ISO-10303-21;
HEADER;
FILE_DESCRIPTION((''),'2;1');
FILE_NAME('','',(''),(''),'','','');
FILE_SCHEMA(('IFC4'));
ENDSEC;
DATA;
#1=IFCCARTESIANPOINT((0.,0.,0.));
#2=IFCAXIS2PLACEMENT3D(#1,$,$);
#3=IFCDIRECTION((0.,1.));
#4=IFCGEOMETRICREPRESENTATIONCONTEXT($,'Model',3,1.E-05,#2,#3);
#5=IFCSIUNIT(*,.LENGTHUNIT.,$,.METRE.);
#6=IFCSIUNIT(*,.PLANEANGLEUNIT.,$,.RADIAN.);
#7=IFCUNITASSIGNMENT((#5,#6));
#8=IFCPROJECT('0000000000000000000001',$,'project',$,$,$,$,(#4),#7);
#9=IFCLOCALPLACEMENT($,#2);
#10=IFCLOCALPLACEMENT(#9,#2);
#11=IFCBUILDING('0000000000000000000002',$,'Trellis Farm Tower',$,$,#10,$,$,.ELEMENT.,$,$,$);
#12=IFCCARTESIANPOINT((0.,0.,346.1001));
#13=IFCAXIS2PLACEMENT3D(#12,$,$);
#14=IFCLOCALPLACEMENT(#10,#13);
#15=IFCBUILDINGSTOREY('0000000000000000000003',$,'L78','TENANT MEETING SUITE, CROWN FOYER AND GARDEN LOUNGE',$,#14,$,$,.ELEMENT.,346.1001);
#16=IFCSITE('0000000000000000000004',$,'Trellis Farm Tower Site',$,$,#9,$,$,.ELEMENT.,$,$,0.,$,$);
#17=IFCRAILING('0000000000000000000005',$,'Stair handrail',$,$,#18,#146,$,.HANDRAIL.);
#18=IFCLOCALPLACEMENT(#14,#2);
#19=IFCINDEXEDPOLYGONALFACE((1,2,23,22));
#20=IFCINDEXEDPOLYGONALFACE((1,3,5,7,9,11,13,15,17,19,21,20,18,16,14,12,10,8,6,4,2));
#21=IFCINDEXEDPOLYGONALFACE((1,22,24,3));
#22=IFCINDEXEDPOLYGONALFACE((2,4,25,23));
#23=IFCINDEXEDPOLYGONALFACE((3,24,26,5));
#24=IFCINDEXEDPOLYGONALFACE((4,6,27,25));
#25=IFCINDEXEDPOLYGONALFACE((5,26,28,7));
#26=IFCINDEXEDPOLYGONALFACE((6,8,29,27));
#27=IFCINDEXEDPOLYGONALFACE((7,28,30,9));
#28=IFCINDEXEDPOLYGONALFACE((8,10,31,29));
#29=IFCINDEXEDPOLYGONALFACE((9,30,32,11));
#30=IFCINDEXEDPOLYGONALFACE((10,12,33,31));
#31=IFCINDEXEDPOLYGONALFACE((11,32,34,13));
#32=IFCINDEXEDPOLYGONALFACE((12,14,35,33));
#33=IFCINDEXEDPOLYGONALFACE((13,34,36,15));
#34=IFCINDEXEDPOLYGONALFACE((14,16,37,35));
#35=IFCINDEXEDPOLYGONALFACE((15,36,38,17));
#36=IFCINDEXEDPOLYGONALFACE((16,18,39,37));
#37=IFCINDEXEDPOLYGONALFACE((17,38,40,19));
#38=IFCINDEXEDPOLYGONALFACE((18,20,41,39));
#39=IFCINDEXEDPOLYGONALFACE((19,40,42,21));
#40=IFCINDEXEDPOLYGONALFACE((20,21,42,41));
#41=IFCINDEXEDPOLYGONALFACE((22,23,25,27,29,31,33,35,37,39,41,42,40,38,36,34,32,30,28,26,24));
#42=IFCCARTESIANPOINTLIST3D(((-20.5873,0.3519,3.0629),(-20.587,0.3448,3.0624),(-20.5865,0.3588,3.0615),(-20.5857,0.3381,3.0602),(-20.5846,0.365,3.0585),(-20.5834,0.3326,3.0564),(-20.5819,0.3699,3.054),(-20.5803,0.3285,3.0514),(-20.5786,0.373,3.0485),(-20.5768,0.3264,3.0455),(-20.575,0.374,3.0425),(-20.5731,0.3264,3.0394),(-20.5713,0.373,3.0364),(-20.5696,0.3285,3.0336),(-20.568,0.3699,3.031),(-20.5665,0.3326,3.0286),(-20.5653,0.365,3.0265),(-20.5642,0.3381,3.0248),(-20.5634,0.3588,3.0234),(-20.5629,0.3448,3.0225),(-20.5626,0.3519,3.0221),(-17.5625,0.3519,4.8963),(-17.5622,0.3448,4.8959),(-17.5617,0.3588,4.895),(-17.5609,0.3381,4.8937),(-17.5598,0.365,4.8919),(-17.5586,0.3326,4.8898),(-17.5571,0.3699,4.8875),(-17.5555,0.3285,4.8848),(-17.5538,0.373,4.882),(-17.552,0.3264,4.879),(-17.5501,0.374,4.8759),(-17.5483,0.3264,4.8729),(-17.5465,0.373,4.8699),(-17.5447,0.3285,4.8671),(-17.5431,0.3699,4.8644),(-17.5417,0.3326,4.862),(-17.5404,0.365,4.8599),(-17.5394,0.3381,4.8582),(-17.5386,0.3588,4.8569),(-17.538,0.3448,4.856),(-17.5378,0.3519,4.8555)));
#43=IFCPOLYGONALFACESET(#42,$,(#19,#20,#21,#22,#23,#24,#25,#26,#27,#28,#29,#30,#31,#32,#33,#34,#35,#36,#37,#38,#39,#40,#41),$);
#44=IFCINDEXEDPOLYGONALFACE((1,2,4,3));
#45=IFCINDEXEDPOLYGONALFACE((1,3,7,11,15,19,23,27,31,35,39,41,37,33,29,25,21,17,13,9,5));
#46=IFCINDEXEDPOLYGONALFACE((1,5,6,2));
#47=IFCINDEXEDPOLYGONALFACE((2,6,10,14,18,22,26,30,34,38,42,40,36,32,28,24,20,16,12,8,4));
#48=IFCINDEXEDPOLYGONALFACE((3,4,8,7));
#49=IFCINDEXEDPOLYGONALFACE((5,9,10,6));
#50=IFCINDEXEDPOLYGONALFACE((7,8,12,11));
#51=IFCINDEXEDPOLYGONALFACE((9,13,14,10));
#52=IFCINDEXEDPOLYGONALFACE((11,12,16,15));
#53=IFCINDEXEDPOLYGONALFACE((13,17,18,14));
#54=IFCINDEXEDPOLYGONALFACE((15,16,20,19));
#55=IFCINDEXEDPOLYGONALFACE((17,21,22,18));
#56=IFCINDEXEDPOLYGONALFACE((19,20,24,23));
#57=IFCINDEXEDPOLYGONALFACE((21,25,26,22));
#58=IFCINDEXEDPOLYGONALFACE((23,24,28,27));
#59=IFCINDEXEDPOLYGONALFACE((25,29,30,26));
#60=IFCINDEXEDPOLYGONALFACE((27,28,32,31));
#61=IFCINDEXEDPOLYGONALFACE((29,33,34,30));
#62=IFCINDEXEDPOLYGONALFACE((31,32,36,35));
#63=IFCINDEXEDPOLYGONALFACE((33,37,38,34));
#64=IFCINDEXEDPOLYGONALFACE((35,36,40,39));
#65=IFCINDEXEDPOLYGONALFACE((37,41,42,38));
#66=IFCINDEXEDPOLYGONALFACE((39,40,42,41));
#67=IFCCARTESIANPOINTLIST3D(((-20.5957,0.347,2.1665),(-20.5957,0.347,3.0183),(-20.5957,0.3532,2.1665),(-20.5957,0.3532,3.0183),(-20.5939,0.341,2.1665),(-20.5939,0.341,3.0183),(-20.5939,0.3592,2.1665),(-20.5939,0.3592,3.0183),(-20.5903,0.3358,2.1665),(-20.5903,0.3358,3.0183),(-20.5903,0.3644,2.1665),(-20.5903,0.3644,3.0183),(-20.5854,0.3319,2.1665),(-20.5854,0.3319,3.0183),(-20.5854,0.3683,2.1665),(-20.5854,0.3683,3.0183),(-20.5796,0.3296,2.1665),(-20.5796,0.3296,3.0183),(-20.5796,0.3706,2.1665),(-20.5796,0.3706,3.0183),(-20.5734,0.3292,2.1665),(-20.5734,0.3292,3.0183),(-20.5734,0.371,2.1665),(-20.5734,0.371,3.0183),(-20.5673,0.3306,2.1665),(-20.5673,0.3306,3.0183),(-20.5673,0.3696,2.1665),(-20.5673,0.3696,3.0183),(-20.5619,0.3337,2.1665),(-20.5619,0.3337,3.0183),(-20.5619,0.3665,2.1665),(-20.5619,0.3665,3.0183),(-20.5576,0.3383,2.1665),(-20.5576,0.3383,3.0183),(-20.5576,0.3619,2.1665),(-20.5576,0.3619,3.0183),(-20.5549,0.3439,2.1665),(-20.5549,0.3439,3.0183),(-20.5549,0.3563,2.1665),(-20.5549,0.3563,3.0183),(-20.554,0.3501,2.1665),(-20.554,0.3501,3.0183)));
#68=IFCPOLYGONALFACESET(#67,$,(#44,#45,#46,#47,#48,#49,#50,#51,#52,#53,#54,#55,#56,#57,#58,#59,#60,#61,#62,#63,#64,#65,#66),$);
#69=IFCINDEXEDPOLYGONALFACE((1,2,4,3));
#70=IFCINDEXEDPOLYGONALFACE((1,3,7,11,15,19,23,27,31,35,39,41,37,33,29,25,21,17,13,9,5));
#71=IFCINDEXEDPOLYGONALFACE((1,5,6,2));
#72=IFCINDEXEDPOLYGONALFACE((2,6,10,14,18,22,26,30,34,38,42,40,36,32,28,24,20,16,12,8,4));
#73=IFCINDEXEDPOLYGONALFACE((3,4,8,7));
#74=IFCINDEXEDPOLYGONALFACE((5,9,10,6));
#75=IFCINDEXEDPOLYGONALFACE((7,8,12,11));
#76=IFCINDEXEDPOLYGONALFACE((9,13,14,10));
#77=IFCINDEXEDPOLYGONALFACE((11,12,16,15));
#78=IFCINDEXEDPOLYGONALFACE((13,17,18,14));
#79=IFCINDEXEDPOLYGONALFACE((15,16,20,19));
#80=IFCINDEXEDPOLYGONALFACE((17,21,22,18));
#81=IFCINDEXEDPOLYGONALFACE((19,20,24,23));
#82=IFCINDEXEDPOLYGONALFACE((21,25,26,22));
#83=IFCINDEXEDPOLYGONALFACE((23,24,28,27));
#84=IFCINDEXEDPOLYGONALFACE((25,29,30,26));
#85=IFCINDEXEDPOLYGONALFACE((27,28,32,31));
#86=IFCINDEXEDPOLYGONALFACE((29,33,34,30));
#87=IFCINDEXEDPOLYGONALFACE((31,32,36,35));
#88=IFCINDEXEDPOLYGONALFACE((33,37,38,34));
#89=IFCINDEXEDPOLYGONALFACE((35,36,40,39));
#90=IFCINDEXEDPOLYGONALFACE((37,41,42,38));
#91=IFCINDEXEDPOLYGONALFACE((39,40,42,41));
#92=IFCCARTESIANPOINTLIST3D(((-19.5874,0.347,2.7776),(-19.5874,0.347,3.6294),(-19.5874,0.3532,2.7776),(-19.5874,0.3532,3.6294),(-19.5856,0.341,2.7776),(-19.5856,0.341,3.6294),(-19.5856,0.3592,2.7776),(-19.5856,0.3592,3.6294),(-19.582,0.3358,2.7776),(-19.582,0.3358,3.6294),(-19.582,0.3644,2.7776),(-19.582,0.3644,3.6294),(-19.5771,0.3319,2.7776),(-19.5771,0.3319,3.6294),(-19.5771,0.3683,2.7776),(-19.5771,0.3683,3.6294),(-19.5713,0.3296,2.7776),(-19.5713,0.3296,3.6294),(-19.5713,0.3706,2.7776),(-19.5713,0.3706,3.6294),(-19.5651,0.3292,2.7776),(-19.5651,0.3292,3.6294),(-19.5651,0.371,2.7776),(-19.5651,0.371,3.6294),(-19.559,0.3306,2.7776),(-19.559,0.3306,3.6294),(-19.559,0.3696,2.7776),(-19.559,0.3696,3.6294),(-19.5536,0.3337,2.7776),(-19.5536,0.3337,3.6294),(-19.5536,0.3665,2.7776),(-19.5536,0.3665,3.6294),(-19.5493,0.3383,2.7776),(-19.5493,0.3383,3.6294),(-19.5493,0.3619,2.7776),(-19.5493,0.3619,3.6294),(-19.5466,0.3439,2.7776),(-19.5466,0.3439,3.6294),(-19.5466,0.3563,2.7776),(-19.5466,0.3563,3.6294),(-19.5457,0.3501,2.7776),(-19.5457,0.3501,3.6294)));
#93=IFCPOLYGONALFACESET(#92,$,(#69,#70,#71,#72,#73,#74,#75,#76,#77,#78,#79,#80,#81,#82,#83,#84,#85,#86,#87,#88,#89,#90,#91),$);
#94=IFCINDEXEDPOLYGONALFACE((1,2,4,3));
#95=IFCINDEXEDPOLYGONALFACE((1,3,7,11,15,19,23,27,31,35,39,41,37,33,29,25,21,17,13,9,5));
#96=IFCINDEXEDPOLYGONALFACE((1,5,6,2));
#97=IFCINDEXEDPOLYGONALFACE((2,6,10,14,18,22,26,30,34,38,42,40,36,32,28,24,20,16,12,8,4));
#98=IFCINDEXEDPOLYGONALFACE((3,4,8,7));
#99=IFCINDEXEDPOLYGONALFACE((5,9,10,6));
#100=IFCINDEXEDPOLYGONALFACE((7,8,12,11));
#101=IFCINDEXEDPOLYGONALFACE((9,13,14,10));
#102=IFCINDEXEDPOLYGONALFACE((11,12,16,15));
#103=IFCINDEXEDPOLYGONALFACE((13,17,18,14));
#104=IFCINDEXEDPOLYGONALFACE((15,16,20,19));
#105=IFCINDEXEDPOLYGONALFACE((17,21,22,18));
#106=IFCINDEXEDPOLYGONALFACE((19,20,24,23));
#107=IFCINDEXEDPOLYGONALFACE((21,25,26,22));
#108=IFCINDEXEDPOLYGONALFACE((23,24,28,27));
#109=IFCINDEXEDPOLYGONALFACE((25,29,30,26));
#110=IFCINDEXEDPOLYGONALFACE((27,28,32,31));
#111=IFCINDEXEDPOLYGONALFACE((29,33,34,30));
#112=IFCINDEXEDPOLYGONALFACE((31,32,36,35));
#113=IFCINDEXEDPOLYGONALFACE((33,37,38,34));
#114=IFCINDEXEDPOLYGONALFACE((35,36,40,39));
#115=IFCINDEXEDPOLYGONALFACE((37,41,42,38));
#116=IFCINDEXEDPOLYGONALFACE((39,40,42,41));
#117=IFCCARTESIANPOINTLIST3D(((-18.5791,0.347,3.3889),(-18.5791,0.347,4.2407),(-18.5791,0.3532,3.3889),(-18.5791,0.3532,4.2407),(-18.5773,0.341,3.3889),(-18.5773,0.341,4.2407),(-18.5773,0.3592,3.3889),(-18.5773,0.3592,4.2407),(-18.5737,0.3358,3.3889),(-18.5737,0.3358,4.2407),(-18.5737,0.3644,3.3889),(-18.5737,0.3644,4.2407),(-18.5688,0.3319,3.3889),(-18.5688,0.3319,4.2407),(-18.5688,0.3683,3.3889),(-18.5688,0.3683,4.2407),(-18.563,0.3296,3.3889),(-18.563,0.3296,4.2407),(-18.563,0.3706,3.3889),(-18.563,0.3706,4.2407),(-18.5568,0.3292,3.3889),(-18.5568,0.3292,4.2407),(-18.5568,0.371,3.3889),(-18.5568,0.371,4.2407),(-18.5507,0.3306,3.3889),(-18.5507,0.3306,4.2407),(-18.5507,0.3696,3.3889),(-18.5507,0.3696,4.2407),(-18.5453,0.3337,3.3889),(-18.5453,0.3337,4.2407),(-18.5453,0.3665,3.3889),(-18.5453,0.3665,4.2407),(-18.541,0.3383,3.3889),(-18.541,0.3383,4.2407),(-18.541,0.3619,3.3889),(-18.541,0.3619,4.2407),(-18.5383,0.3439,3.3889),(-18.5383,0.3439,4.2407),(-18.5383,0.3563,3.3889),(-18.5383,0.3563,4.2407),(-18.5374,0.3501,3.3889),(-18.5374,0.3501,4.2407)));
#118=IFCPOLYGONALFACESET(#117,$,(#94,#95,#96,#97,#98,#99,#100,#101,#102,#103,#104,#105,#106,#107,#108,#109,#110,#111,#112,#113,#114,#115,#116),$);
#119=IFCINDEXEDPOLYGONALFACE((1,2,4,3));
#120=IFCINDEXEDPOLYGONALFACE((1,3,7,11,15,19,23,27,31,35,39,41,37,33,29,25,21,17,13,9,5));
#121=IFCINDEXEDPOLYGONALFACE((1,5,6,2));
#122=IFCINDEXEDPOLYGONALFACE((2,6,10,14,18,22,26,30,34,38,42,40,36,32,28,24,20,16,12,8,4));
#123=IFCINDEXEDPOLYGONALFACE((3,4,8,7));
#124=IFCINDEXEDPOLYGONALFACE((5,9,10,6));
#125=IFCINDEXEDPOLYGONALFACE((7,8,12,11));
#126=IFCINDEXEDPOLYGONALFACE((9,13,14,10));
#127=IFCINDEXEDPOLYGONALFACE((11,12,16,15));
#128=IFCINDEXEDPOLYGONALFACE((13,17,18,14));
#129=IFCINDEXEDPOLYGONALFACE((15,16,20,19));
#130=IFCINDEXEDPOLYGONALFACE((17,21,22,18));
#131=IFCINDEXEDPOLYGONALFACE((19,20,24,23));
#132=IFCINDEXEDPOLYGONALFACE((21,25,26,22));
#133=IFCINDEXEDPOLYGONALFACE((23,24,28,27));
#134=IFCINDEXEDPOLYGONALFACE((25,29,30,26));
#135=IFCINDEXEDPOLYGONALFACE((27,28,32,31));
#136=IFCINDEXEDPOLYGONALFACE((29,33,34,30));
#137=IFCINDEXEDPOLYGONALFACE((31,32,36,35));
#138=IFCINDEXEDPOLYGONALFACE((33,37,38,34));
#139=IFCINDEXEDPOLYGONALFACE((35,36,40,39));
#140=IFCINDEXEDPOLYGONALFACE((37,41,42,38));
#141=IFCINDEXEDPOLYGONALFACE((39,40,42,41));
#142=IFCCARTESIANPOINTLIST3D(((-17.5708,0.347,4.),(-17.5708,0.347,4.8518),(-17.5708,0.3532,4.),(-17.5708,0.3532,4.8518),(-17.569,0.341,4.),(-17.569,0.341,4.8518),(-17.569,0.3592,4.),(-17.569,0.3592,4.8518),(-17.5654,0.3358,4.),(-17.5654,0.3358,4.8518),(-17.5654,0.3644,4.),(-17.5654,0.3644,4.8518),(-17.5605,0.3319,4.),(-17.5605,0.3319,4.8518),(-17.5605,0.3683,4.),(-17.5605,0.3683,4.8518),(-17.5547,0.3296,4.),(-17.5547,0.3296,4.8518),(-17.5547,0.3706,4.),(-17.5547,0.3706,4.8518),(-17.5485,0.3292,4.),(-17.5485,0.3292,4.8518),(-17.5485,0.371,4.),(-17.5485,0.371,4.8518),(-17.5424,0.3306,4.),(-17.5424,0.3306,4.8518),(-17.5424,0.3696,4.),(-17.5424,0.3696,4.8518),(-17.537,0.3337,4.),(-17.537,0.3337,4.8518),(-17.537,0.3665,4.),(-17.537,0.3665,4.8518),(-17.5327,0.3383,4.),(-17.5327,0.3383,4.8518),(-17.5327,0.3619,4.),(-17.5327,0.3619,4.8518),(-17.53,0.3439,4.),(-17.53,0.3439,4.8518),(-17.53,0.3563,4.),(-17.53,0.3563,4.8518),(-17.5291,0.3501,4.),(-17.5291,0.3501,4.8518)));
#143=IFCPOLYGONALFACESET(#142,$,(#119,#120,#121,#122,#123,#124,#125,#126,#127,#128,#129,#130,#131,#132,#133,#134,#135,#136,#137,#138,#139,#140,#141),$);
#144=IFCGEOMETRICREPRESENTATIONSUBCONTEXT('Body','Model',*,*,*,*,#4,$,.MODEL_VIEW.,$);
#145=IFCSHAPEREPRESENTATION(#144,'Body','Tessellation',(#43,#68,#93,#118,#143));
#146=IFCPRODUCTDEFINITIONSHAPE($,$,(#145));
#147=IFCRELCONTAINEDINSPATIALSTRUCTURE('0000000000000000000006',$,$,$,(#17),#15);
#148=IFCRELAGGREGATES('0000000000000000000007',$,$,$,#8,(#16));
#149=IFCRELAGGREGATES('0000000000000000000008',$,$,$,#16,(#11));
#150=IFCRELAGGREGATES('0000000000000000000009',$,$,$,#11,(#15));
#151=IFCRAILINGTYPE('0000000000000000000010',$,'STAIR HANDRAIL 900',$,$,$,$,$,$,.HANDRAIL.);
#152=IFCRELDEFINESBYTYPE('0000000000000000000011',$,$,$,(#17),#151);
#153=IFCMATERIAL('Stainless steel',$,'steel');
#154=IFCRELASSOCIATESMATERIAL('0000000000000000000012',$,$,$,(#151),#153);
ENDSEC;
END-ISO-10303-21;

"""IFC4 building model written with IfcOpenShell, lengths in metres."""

from ifc_helpers import new_model, si_unit, direction, frame, origin, origin_2d, place, context, subcontext, project, spatial, circle, extrude, source, transform, mapped, material, type_object, element, save


model = new_model("IFC4")

# Units and contexts
model_context = context("Model", 3, precision=1e-05, world=origin(), true_north=direction((0.0, 1.0)))
body_context = subcontext(model_context, "Body", "Model", "MODEL_VIEW")
ifc_project = project(units=[si_unit("LENGTHUNIT", "METRE"), si_unit("PLANEANGLEUNIT", "RADIAN")], contexts=[model_context])

# Site, building, storey
site_placement = place(None, origin())
site = spatial("IfcSite", under=ifc_project, at=site_placement, Name="Trellis Farm Tower Site", CompositionType="ELEMENT", RefElevation=0.0)
building_placement = place(site_placement, origin())
building = spatial("IfcBuilding", under=site, at=building_placement, Name="Trellis Farm Tower", CompositionType="ELEMENT")
storey_placement = place(building_placement, frame((0.0, 0.0, 346.1001)))
storey = spatial("IfcBuildingStorey", under=building, at=storey_placement, Name="L78", Description="TENANT MEETING SUITE, CROWN FOYER AND GARDEN LOUNGE", CompositionType="ELEMENT", Elevation=346.1001)

# Railing
ifc_material_1 = material(Name="Stainless steel", Category="steel")
railing_type_1 = type_object("IfcRailingType", Name="STAIR HANDRAIL 900", PredefinedType="HANDRAIL", material=ifc_material_1)
shared_shape_1 = source(origin(), body_context, "Body", "SweptSolid", [
    extrude(circle(Radius=0.0239, at=origin_2d()), frame((0.0, 0.0, 0.876), z_axis=(0.85517, 0.0, 0.518348), x_axis=(0.0, 1.0, 0.0)), (0.0, 0.0, 1.0), 3.5371),
    extrude(circle(Radius=0.021, at=origin_2d()), origin(), (0.0, 0.0, 1.0), 0.8518),
    extrude(circle(Radius=0.021, at=origin_2d()), frame((1.0083, 0.0, 0.6111)), (0.0, 0.0, 1.0), 0.8518),
    extrude(circle(Radius=0.021, at=origin_2d()), frame((2.0166, 0.0, 1.2224)), (0.0, 0.0, 1.0), 0.8518),
    extrude(circle(Radius=0.021, at=origin_2d()), frame((3.0249, 0.0, 1.8335)), (0.0, 0.0, 1.0), 0.8518),
])
for number, where, name in (
    (1, (-20.575, 0.3501, 2.1665), "Stair handrail"),
):
    element("IfcRailing", number, at=place(storey_placement, frame(where)), inside=storey, type_object=railing_type_1, Name=name, PredefinedType="HANDRAIL", context=body_context, shape_type="MappedRepresentation", body=[
        mapped(shared_shape_1, transform((0.0, 0.0, 0.0))),
    ])

save(model, "model.ifc")
